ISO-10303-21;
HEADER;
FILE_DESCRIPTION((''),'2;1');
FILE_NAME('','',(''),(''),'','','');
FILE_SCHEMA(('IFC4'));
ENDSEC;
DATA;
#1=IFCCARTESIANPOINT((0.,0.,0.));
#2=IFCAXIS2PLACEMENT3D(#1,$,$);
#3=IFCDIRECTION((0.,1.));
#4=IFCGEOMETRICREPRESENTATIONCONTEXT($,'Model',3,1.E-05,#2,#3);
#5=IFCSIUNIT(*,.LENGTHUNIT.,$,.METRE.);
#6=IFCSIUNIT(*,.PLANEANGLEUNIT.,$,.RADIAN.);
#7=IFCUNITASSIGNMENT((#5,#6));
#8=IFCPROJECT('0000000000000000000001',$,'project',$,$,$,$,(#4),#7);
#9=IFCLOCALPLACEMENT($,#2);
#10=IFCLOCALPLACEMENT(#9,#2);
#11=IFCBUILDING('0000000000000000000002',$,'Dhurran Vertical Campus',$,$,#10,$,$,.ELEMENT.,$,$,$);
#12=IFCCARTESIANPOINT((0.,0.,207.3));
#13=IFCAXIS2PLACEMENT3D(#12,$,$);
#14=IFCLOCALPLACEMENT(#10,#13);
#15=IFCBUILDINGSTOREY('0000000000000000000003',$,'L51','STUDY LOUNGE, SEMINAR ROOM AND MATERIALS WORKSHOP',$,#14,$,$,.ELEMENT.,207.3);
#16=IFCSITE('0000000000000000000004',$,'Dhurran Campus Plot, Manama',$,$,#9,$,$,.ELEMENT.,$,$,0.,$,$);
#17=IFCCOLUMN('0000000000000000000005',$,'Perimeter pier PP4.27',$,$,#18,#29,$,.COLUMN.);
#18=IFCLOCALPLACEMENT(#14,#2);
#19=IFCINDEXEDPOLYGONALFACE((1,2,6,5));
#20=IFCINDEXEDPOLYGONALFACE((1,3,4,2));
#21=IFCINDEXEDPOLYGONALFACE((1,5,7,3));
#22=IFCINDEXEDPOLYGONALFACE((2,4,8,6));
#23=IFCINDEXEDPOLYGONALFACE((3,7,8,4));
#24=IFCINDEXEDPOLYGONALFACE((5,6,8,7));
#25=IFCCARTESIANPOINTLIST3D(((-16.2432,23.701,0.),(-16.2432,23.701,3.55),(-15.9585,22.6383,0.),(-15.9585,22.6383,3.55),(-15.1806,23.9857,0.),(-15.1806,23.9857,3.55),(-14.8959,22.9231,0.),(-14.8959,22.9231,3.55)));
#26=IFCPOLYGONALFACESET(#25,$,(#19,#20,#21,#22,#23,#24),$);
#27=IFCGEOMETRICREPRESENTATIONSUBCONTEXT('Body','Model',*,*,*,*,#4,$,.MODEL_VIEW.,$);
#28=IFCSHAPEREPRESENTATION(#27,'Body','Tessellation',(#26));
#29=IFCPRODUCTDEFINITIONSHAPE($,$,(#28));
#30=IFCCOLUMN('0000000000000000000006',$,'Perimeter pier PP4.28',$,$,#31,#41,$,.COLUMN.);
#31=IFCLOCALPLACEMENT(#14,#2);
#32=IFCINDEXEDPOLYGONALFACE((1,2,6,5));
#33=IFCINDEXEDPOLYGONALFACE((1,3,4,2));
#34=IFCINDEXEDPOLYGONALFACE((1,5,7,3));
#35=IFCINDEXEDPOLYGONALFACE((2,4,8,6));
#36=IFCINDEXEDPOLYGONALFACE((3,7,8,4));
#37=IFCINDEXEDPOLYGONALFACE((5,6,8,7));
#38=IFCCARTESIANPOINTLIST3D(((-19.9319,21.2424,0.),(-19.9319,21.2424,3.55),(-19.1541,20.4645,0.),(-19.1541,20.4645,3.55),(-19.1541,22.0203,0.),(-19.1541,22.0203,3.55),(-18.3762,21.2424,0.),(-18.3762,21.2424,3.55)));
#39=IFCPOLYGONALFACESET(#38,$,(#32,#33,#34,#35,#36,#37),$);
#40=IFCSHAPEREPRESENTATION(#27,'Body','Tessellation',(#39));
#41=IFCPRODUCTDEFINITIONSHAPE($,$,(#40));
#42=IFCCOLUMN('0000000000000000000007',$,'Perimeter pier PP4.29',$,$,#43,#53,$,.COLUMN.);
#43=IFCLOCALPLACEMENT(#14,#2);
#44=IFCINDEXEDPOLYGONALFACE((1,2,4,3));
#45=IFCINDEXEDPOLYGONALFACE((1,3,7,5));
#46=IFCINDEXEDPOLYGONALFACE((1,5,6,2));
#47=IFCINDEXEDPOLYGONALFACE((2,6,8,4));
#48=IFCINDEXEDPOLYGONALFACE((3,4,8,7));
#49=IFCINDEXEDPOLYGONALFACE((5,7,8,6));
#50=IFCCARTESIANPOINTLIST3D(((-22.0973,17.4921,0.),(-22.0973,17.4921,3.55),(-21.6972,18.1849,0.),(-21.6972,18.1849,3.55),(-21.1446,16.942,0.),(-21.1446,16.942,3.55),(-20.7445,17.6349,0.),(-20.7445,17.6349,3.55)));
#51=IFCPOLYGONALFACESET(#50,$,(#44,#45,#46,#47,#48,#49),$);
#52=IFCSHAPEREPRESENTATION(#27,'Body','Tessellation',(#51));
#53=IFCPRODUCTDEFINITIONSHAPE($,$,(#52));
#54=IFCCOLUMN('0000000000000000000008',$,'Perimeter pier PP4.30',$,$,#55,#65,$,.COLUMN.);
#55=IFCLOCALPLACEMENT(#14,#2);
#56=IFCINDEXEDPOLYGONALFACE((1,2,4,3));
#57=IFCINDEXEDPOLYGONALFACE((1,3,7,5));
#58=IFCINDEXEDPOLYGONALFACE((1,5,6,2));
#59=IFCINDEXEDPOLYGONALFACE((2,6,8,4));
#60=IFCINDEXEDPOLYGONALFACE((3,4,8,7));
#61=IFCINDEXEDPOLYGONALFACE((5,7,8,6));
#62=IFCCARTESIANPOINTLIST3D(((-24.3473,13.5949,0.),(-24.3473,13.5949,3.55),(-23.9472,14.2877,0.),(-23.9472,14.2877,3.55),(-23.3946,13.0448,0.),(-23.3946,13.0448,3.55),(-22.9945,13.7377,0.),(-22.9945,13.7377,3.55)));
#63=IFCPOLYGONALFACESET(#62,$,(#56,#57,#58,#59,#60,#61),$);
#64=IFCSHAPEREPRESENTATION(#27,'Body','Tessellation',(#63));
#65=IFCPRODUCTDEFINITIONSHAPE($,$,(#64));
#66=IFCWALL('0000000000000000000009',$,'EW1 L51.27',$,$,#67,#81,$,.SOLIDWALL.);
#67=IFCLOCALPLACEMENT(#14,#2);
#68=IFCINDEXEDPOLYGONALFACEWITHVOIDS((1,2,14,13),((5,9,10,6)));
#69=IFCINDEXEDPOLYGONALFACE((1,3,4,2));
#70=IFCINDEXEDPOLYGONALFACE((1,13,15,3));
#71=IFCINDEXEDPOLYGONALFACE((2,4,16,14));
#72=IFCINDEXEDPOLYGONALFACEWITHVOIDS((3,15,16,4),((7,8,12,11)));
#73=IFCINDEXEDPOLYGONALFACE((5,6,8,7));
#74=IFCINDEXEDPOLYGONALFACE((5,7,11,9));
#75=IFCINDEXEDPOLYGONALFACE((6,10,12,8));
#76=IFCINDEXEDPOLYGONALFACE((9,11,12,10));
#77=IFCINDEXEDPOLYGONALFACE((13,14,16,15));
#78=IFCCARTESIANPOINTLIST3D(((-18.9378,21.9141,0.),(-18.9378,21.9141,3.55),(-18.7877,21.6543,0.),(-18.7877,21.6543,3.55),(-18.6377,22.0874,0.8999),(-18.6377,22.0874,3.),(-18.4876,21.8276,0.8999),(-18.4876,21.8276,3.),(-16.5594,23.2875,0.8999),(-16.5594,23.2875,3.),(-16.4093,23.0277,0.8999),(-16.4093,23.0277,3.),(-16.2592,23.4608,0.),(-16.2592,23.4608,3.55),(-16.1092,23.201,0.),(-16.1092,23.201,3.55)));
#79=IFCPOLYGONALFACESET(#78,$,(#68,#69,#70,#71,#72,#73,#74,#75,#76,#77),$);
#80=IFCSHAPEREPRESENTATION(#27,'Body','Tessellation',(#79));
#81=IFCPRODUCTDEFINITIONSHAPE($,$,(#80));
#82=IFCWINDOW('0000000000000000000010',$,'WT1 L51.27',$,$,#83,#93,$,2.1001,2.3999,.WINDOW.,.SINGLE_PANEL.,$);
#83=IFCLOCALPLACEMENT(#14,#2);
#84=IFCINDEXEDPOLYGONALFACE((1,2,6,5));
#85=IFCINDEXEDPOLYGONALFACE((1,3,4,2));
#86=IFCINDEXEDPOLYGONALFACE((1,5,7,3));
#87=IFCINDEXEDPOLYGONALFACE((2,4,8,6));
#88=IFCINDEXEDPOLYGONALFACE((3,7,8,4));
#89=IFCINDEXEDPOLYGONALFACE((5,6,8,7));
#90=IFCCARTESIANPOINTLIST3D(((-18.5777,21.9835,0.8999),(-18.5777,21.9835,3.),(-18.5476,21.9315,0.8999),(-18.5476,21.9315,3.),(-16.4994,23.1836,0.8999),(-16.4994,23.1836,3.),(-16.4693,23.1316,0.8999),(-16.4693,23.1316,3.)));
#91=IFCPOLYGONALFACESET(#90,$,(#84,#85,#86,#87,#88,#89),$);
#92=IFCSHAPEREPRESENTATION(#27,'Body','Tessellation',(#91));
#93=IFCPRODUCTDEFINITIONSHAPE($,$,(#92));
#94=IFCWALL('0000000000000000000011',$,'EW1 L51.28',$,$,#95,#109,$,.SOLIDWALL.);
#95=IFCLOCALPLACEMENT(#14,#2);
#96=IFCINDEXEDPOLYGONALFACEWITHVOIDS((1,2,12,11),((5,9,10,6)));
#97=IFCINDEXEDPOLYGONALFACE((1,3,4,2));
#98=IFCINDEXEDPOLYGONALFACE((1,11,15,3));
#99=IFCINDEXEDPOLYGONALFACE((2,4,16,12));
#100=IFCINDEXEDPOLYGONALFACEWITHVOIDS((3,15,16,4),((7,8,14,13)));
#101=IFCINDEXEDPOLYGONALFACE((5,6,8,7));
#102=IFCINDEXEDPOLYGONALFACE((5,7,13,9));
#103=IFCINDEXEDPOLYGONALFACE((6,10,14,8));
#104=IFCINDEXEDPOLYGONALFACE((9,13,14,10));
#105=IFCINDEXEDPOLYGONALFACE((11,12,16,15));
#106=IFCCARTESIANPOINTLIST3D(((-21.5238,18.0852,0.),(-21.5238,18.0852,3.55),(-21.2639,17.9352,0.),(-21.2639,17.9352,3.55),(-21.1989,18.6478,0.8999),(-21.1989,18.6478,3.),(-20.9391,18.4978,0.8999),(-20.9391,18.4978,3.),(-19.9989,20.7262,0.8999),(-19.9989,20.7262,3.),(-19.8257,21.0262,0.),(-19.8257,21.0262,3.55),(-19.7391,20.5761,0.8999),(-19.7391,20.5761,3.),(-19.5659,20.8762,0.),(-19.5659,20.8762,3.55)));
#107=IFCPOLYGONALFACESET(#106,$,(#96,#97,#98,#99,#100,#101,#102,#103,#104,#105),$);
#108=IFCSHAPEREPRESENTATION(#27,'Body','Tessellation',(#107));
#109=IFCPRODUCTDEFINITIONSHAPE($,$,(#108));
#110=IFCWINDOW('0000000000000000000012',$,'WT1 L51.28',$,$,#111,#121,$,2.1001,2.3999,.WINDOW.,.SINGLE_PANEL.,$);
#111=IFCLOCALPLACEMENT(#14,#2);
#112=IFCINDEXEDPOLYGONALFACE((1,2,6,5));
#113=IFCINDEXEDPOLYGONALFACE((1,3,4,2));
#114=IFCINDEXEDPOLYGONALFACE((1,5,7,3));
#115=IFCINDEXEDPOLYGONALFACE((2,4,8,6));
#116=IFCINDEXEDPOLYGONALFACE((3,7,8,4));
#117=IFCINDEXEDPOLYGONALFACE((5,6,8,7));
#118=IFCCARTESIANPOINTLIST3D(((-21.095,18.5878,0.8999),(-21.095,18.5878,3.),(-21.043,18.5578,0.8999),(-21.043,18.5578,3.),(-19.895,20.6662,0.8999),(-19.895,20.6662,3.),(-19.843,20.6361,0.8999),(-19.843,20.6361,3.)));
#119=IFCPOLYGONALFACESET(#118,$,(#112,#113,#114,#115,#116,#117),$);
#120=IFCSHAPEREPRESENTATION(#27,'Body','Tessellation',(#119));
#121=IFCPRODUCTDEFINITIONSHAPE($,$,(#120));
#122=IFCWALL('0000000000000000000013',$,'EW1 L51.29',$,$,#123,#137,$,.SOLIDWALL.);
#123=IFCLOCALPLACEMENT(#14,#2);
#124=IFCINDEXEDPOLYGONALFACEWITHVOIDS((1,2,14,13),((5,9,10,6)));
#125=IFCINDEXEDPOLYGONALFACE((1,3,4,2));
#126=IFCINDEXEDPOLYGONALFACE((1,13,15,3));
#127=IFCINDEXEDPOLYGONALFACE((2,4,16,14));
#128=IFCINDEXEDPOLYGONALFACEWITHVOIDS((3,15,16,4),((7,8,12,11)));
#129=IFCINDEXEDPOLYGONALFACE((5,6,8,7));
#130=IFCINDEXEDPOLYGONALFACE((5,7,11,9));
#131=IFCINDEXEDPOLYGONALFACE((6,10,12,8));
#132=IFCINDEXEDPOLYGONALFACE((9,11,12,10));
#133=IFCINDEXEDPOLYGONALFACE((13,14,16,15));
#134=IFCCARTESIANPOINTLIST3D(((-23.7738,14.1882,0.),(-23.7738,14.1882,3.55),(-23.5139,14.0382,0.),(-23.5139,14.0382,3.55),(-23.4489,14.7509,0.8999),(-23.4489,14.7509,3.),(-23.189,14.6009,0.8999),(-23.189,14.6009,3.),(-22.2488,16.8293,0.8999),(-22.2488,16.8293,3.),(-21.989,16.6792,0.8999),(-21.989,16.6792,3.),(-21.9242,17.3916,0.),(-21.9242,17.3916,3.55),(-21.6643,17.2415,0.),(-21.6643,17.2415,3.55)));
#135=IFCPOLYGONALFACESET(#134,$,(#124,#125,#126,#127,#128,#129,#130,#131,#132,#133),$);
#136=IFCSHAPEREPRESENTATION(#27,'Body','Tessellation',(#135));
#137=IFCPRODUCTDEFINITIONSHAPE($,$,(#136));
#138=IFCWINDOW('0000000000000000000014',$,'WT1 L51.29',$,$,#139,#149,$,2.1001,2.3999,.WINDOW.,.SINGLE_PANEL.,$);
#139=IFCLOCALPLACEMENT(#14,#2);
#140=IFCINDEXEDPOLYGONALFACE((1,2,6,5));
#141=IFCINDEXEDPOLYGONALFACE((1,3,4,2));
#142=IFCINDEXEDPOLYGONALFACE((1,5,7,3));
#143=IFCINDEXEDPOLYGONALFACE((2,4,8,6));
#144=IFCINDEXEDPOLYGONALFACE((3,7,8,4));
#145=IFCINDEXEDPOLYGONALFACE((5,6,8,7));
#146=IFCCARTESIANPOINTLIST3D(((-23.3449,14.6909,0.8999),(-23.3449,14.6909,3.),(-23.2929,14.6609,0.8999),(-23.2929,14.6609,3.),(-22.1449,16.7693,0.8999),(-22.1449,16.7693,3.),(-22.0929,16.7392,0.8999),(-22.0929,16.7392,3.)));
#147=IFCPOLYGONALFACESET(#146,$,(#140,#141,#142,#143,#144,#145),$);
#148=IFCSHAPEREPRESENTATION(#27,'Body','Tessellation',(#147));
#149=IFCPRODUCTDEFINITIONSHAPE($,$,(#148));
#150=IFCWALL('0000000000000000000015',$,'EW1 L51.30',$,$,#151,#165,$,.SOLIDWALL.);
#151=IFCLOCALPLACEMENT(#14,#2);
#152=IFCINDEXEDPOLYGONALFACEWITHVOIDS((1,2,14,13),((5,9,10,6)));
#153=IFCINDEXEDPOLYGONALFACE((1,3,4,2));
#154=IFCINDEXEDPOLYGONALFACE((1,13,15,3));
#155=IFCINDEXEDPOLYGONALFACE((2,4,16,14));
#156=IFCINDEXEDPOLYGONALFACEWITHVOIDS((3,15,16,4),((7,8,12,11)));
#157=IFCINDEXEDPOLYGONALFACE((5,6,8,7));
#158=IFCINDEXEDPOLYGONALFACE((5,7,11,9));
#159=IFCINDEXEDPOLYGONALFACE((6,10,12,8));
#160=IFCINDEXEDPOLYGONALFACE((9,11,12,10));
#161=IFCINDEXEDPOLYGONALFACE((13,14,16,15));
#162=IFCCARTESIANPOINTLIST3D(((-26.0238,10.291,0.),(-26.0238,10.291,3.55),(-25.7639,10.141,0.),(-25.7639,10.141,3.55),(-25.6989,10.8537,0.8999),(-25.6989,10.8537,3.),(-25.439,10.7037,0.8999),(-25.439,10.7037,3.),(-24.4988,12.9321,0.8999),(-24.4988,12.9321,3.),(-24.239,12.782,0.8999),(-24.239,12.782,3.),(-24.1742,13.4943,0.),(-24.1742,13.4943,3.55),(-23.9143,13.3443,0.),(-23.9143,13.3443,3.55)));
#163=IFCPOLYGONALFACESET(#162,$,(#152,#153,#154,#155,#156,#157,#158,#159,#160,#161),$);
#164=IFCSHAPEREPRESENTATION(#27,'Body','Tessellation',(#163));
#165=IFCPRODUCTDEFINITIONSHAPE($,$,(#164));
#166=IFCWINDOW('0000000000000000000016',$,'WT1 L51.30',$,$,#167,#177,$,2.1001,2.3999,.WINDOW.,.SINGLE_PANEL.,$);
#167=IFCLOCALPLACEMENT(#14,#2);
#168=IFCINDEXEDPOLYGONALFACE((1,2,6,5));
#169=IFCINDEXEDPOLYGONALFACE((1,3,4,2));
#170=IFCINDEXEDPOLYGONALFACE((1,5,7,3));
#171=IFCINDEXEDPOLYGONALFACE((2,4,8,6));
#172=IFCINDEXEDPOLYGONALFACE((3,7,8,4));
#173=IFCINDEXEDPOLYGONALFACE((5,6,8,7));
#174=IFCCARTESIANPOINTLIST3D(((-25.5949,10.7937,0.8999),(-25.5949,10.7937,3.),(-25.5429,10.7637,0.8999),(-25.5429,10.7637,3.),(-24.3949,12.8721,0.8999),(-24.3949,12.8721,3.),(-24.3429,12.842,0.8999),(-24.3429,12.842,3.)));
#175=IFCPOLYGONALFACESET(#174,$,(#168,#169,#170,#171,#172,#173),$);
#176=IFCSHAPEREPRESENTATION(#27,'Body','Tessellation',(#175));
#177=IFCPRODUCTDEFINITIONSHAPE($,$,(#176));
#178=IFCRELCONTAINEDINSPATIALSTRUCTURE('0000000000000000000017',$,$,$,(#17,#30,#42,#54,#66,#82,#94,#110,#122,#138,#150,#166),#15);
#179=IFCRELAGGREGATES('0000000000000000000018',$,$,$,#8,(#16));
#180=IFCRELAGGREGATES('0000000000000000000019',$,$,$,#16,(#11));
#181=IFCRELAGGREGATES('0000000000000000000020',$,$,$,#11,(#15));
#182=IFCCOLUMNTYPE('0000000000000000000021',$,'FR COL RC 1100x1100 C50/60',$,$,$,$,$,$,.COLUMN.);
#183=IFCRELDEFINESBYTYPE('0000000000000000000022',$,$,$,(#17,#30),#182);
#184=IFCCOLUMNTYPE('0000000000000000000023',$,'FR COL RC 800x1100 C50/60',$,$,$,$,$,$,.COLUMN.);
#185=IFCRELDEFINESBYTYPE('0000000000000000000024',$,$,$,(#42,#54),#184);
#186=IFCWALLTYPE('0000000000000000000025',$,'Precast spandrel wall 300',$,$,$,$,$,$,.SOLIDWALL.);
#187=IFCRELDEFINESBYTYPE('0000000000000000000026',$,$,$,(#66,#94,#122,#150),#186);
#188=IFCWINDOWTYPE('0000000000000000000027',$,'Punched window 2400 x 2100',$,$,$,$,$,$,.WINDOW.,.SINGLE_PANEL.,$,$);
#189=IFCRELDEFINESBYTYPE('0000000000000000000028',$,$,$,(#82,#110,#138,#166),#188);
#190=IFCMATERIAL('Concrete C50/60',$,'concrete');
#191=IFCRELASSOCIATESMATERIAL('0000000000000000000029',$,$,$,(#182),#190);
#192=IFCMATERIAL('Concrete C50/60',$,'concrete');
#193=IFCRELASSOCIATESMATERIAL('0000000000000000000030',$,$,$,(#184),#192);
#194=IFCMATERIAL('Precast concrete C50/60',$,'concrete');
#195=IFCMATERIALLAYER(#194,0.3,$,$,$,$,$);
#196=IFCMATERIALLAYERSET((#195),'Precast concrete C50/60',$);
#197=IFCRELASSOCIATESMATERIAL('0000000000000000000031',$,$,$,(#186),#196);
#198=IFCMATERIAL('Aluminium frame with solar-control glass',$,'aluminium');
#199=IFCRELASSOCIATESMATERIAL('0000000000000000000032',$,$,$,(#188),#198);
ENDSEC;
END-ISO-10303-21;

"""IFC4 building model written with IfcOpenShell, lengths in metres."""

from ifc_helpers import new_model, si_unit, direction, frame, frame_2d, origin, origin_2d, place, context, subcontext, project, spatial, rectangle, extrude, material, layer, layer_set, material_profile, profile_set, type_object, element, fill, save


model = new_model("IFC4")

# Units and contexts
model_context = context("Model", 3, precision=1e-05, world=origin(), true_north=direction((0.0, 1.0)))
body_context = subcontext(model_context, "Body", "Model", "MODEL_VIEW")
ifc_project = project(units=[si_unit("LENGTHUNIT", "METRE"), si_unit("PLANEANGLEUNIT", "RADIAN")], contexts=[model_context])

# Site, building, storey
site_placement = place(None, origin())
site = spatial("IfcSite", under=ifc_project, at=site_placement, Name="Dhurran Campus Plot, Manama", CompositionType="ELEMENT", RefElevation=0.0)
building_placement = place(site_placement, origin())
building = spatial("IfcBuilding", under=site, at=building_placement, Name="Dhurran Vertical Campus", CompositionType="ELEMENT")
storey_placement = place(building_placement, frame((0.0, 0.0, 207.3)))
storey = spatial("IfcBuildingStorey", under=building, at=storey_placement, Name="L51", Description="STUDY LOUNGE, SEMINAR ROOM AND MATERIALS WORKSHOP", CompositionType="ELEMENT", Elevation=207.3)

# Columns
ifc_material_1 = material(Name="Concrete C50/60", Category="concrete")
ifc_material_profile_1 = material_profile(ifc_material_1, rectangle(XDim=1.1001, YDim=1.1001, at=origin_2d()), Name="RC 1100x1100")
ifc_profile_set_1 = profile_set([ifc_material_profile_1], Name="Concrete C50/60")
column_type_1 = type_object("IfcColumnType", Name="FR COL RC 1100x1100 C50/60", PredefinedType="COLUMN", material=ifc_profile_set_1)
for number, where, z_axis, x_axis, name in (
    (1, (-15.5696, 23.312, 0.0), (0.0, 0.0, 1.0), (-0.965926, -0.258819, 0.0), "Perimeter pier PP4.27"),
    (2, (-19.1541, 21.2424, 0.0), (0.0, 0.0, 1.0), (-0.707107, -0.707107, 0.0), "Perimeter pier PP4.28"),
):
    element("IfcColumn", number, at=place(storey_placement, frame(where, z_axis=z_axis, x_axis=x_axis)), inside=storey, type_object=column_type_1, Name=name, PredefinedType="COLUMN", context=body_context, shape_type="SweptSolid", body=[
        extrude(rectangle(XDim=1.1001, YDim=1.1001, at=origin_2d()), origin(), (0.0, 0.0, 1.0), 3.55),
    ])
ifc_material_2 = material(Name="Concrete C50/60", Category="concrete")
ifc_material_profile_2 = material_profile(ifc_material_2, rectangle(XDim=0.8, YDim=1.1001, at=origin_2d()), Name="RC 800x1100")
ifc_profile_set_2 = profile_set([ifc_material_profile_2], Name="Concrete C50/60")
column_type_2 = type_object("IfcColumnType", Name="FR COL RC 800x1100 C50/60", PredefinedType="COLUMN", material=ifc_profile_set_2)
for number, where, z_axis, x_axis, name in (
    (3, (-21.4209, 17.5635, 0.0), (0.0, 0.0, 1.0), (-0.5, -0.866025, 0.0), "Perimeter pier PP4.29"),
    (4, (-23.6709, 13.6663, 0.0), (0.0, 0.0, 1.0), (-0.5, -0.866025, 0.0), "Perimeter pier PP4.30"),
):
    element("IfcColumn", number, at=place(storey_placement, frame(where, z_axis=z_axis, x_axis=x_axis)), inside=storey, type_object=column_type_2, Name=name, PredefinedType="COLUMN", context=body_context, shape_type="SweptSolid", body=[
        extrude(rectangle(XDim=0.8, YDim=1.1001, at=origin_2d()), origin(), (0.0, 0.0, 1.0), 3.55),
    ])

# Walls, openings, windows
ifc_material_3 = material(Name="Precast concrete C50/60", Category="concrete")
ifc_layer_1 = layer(ifc_material_3, 0.3)
ifc_layer_set_1 = layer_set([ifc_layer_1], Name="Precast concrete C50/60")
wall_type_1 = type_object("IfcWallType", Name="Precast spandrel wall 300", PredefinedType="SOLIDWALL", material=ifc_layer_set_1)
wall_1_placement = place(storey_placement, frame((-16.1843, 23.3308, 0.0), z_axis=(0.0, 0.0, 1.0), x_axis=(-0.865995, -0.500053, 0.0)))
wall_1 = element("IfcWall", 5, at=wall_1_placement, inside=storey, type_object=wall_type_1, Name="EW1 L51.27", PredefinedType="SOLIDWALL", context=body_context, shape_type="SweptSolid", body=[
    extrude(rectangle(XDim=3.093, YDim=0.3, at=frame_2d((1.5464, 0.0))), origin(), (0.0, 0.0, 1.0), 3.55),
])
opening_1_placement = place(wall_1_placement, frame((0.3464, 0.0, 0.8999)))
opening_1 = element("IfcOpeningElement", 6, at=opening_1_placement, cuts=wall_1, PredefinedType="OPENING", context=body_context, shape_type="SweptSolid", body=[
    extrude(rectangle(XDim=2.3999, YDim=2.1001, at=frame_2d((1.2, 1.05))), frame((0.0, 0.1599, 0.0), z_axis=(0.0, -1.0, 0.0), x_axis=(1.0, 0.0, 0.0)), (0.0, 0.0, 1.0), 0.3201),
])
ifc_material_4 = material(Name="Aluminium frame with solar-control glass", Category="aluminium")
window_type = type_object("IfcWindowType", Name="Punched window 2400 x 2100", PartitioningType="SINGLE_PANEL", PredefinedType="WINDOW", material=ifc_material_4)
window_1_placement = place(opening_1_placement, origin())
window_1 = element("IfcWindow", 7, at=window_1_placement, inside=storey, type_object=window_type, Name="WT1 L51.27", OverallHeight=2.1001, OverallWidth=2.3999, PartitioningType="SINGLE_PANEL", PredefinedType="WINDOW", context=body_context, shape_type="SweptSolid", body=[
    extrude(rectangle(XDim=2.3999, YDim=2.1001, at=frame_2d((1.2, 1.05))), frame((0.0, 0.03, 0.0), z_axis=(0.0, -1.0, 0.0), x_axis=(1.0, 0.0, 0.0)), (0.0, 0.0, 1.0), 0.0601),
])
fill(opening_1, window_1)
wall_2_placement = place(storey_placement, frame((-19.6958, 20.9512, 0.0), z_axis=(0.0, 0.0, 1.0), x_axis=(-0.500013, -0.866018, 0.0)))
wall_2 = element("IfcWall", 8, at=wall_2_placement, inside=storey, type_object=wall_type_1, Name="EW1 L51.28", PredefinedType="SOLIDWALL", context=body_context, shape_type="SweptSolid", body=[
    extrude(rectangle(XDim=3.396, YDim=0.3, at=frame_2d((1.698, 0.0))), origin(), (0.0, 0.0, 1.0), 3.55),
])
opening_2_placement = place(wall_2_placement, frame((0.3464, 0.0, 0.8999)))
opening_2 = element("IfcOpeningElement", 9, at=opening_2_placement, cuts=wall_2, PredefinedType="OPENING", context=body_context, shape_type="SweptSolid", body=[
    extrude(rectangle(XDim=2.3999, YDim=2.1001, at=frame_2d((1.2, 1.05))), frame((0.0, 0.1599, 0.0), z_axis=(0.0, -1.0, 0.0), x_axis=(1.0, 0.0, 0.0)), (0.0, 0.0, 1.0), 0.3201),
])
window_2_placement = place(opening_2_placement, origin())
window_2 = element("IfcWindow", 10, at=window_2_placement, inside=storey, type_object=window_type, Name="WT1 L51.28", OverallHeight=2.1001, OverallWidth=2.3999, PartitioningType="SINGLE_PANEL", PredefinedType="WINDOW", context=body_context, shape_type="SweptSolid", body=[
    extrude(rectangle(XDim=2.3999, YDim=2.1001, at=frame_2d((1.2, 1.05))), frame((0.0, 0.03, 0.0), z_axis=(0.0, -1.0, 0.0), x_axis=(1.0, 0.0, 0.0)), (0.0, 0.0, 1.0), 0.0601),
])
fill(opening_2, window_2)
wall_3_placement = place(storey_placement, frame((-21.7942, 17.3167, 0.0), z_axis=(0.0, 0.0, 1.0), x_axis=(-0.500029, -0.866009, 0.0)))
wall_3 = element("IfcWall", 11, at=wall_3_placement, inside=storey, type_object=wall_type_1, Name="EW1 L51.29", PredefinedType="SOLIDWALL", context=body_context, shape_type="SweptSolid", body=[
    extrude(rectangle(XDim=3.699, YDim=0.3, at=frame_2d((1.8496, 0.0))), origin(), (0.0, 0.0, 1.0), 3.55),
])
opening_3_placement = place(wall_3_placement, frame((0.6494, 0.0, 0.8999)))
opening_3 = element("IfcOpeningElement", 12, at=opening_3_placement, cuts=wall_3, PredefinedType="OPENING", context=body_context, shape_type="SweptSolid", body=[
    extrude(rectangle(XDim=2.3999, YDim=2.1001, at=frame_2d((1.2, 1.05))), frame((0.0, 0.1599, 0.0), z_axis=(0.0, -1.0, 0.0), x_axis=(1.0, 0.0, 0.0)), (0.0, 0.0, 1.0), 0.3201),
])
window_3_placement = place(opening_3_placement, origin())
window_3 = element("IfcWindow", 13, at=window_3_placement, inside=storey, type_object=window_type, Name="WT1 L51.29", OverallHeight=2.1001, OverallWidth=2.3999, PartitioningType="SINGLE_PANEL", PredefinedType="WINDOW", context=body_context, shape_type="SweptSolid", body=[
    extrude(rectangle(XDim=2.3999, YDim=2.1001, at=frame_2d((1.2, 1.05))), frame((0.0, 0.03, 0.0), z_axis=(0.0, -1.0, 0.0), x_axis=(1.0, 0.0, 0.0)), (0.0, 0.0, 1.0), 0.0601),
])
fill(opening_3, window_3)
wall_4_placement = place(storey_placement, frame((-24.0442, 13.4194, 0.0), z_axis=(0.0, 0.0, 1.0), x_axis=(-0.500029, -0.866009, 0.0)))
wall_4 = element("IfcWall", 14, at=wall_4_placement, inside=storey, type_object=wall_type_1, Name="EW1 L51.30", PredefinedType="SOLIDWALL", context=body_context, shape_type="SweptSolid", body=[
    extrude(rectangle(XDim=3.699, YDim=0.3, at=frame_2d((1.8496, 0.0))), origin(), (0.0, 0.0, 1.0), 3.55),
])
opening_4_placement = place(wall_4_placement, frame((0.6494, 0.0, 0.8999)))
opening_4 = element("IfcOpeningElement", 15, at=opening_4_placement, cuts=wall_4, PredefinedType="OPENING", context=body_context, shape_type="SweptSolid", body=[
    extrude(rectangle(XDim=2.3999, YDim=2.1001, at=frame_2d((1.2, 1.05))), frame((0.0, 0.1599, 0.0), z_axis=(0.0, -1.0, 0.0), x_axis=(1.0, 0.0, 0.0)), (0.0, 0.0, 1.0), 0.3201),
])
window_4_placement = place(opening_4_placement, origin())
window_4 = element("IfcWindow", 16, at=window_4_placement, inside=storey, type_object=window_type, Name="WT1 L51.30", OverallHeight=2.1001, OverallWidth=2.3999, PartitioningType="SINGLE_PANEL", PredefinedType="WINDOW", context=body_context, shape_type="SweptSolid", body=[
    extrude(rectangle(XDim=2.3999, YDim=2.1001, at=frame_2d((1.2, 1.05))), frame((0.0, 0.03, 0.0), z_axis=(0.0, -1.0, 0.0), x_axis=(1.0, 0.0, 0.0)), (0.0, 0.0, 1.0), 0.0601),
])
fill(opening_4, window_4)

save(model, "model.ifc")
